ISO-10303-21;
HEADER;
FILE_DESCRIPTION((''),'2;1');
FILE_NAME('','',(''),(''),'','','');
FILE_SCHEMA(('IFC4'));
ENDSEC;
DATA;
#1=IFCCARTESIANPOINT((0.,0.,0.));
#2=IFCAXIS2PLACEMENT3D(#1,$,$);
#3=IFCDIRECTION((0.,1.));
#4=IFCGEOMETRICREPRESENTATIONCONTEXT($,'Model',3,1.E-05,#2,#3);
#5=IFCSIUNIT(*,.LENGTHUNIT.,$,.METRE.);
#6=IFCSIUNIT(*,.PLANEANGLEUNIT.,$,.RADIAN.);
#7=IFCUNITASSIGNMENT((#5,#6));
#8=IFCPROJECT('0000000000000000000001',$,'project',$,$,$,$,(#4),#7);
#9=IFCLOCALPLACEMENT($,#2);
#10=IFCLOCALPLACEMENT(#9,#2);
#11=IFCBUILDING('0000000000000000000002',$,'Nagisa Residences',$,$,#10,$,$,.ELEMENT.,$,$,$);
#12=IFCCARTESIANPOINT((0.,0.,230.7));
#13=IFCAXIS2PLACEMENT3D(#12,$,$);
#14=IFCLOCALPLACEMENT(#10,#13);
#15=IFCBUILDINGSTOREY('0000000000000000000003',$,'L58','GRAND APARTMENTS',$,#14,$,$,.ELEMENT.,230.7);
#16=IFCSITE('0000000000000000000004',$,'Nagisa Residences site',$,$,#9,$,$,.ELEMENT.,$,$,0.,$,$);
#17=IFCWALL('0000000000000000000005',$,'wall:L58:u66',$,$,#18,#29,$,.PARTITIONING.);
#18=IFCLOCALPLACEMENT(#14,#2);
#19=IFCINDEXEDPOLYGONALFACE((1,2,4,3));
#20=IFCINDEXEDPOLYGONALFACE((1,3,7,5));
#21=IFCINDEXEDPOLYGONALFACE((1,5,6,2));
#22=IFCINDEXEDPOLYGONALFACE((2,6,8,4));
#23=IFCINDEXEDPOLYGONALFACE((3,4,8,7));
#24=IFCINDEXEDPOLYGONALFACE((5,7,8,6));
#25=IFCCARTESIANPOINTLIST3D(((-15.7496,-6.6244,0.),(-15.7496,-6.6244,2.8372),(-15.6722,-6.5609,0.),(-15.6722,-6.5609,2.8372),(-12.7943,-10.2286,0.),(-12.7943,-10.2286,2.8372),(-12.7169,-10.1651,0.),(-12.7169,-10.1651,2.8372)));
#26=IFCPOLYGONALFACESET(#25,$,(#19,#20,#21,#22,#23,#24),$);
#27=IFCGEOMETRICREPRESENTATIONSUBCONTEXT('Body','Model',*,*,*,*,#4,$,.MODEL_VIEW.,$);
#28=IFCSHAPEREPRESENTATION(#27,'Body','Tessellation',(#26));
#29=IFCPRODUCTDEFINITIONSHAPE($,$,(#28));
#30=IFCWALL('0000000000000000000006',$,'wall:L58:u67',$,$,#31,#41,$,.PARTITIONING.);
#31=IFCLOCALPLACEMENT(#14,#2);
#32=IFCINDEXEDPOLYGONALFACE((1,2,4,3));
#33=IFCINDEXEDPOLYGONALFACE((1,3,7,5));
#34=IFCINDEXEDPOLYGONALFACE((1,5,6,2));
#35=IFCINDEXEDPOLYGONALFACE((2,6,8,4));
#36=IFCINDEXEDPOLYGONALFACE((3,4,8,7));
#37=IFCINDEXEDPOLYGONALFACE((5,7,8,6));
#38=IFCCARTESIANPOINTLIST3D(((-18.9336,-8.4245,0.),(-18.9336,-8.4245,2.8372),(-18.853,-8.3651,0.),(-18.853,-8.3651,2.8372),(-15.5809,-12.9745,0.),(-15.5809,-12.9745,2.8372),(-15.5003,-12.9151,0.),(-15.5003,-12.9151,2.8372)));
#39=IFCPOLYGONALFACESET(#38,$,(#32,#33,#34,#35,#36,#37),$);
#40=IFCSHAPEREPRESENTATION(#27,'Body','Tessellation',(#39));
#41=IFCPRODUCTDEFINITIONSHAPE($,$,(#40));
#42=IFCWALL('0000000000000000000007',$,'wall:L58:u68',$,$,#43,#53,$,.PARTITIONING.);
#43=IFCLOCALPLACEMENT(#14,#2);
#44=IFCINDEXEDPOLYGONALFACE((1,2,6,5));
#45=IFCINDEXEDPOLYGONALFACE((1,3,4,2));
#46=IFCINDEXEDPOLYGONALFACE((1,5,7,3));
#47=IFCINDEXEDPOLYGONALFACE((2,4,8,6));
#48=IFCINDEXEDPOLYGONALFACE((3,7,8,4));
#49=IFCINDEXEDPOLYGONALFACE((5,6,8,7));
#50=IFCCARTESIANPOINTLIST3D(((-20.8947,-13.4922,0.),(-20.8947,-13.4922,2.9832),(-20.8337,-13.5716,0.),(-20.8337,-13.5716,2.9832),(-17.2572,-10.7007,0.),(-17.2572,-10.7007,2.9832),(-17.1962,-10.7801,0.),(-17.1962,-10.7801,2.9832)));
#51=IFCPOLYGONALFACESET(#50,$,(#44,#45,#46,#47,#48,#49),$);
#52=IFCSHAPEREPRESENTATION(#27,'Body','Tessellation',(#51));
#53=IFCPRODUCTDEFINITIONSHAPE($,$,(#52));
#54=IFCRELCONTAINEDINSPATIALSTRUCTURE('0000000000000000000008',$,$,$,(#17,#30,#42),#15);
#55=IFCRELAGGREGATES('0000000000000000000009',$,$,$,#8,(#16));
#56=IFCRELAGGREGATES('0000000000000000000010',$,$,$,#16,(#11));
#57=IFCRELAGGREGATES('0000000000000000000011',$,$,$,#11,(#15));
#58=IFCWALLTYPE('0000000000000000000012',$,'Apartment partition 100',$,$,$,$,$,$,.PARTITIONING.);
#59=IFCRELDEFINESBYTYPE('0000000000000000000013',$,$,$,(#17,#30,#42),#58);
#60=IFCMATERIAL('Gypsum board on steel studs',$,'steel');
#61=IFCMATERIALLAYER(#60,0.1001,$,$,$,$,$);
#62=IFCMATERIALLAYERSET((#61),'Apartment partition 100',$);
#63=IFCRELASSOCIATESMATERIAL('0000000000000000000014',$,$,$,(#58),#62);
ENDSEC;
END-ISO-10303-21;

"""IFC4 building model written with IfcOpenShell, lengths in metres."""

from ifc_helpers import new_model, si_unit, direction, frame, frame_2d, origin, place, context, subcontext, project, spatial, rectangle, extrude, material, layer, layer_set, type_object, element, save


model = new_model("IFC4")

# Units and contexts
model_context = context("Model", 3, precision=1e-05, world=origin(), true_north=direction((0.0, 1.0)))
body_context = subcontext(model_context, "Body", "Model", "MODEL_VIEW")
ifc_project = project(units=[si_unit("LENGTHUNIT", "METRE"), si_unit("PLANEANGLEUNIT", "RADIAN")], contexts=[model_context])

# Site, building, storey
site_placement = place(None, origin())
site = spatial("IfcSite", under=ifc_project, at=site_placement, Name="Nagisa Residences site", CompositionType="ELEMENT", RefElevation=0.0)
building_placement = place(site_placement, origin())
building = spatial("IfcBuilding", under=site, at=building_placement, Name="Nagisa Residences", CompositionType="ELEMENT")
storey_placement = place(building_placement, frame((0.0, 0.0, 230.7)))
storey = spatial("IfcBuildingStorey", under=building, at=storey_placement, Name="L58", Description="GRAND APARTMENTS", CompositionType="ELEMENT", Elevation=230.7)

# Shared definitions
ifc_material_1 = material(Name="Gypsum board on steel studs", Category="steel")
ifc_layer_1 = layer(ifc_material_1, 0.1001)
ifc_layer_set_1 = layer_set([ifc_layer_1], Name="Apartment partition 100")
wall_type_1 = type_object("IfcWallType", Name="Apartment partition 100", PredefinedType="PARTITIONING", material=ifc_layer_set_1)

# Walls
wall_1_placement = place(storey_placement, frame((-15.7109, -6.5925, 0.0), z_axis=(0.0, 0.0, 1.0), x_axis=(0.634059, -0.773285, 0.0)))
element("IfcWall", 1, at=wall_1_placement, inside=storey, type_object=wall_type_1, Name="wall:L58:u66", PredefinedType="PARTITIONING", context=body_context, shape_type="SweptSolid", body=[
    extrude(rectangle(XDim=4.6609, YDim=0.1001, at=frame_2d((2.3306, 0.0))), origin(), (0.0, 0.0, 1.0), 2.8372),
])
wall_2_placement = place(storey_placement, frame((-18.8933, -8.3948, 0.0), z_axis=(0.0, 0.0, 1.0), x_axis=(0.593212, -0.805046, 0.0)))
element("IfcWall", 2, at=wall_2_placement, inside=storey, type_object=wall_type_1, Name="wall:L58:u67", PredefinedType="PARTITIONING", context=body_context, shape_type="SweptSolid", body=[
    extrude(rectangle(XDim=5.6519, YDim=0.1001, at=frame_2d((2.8259, 0.0))), origin(), (0.0, 0.0, 1.0), 2.8372),
])
wall_3_placement = place(storey_placement, frame((-17.2268, -10.7405, 0.0), z_axis=(0.0, 0.0, 1.0), x_axis=(-0.793312, -0.608815, 0.0)))
element("IfcWall", 3, at=wall_3_placement, inside=storey, type_object=wall_type_1, Name="wall:L58:u68", PredefinedType="PARTITIONING", context=body_context, shape_type="SweptSolid", body=[
    extrude(rectangle(XDim=4.5852, YDim=0.1001, at=frame_2d((2.2925, 0.0))), origin(), (0.0, 0.0, 1.0), 2.9832),
])

save(model, "model.ifc")
